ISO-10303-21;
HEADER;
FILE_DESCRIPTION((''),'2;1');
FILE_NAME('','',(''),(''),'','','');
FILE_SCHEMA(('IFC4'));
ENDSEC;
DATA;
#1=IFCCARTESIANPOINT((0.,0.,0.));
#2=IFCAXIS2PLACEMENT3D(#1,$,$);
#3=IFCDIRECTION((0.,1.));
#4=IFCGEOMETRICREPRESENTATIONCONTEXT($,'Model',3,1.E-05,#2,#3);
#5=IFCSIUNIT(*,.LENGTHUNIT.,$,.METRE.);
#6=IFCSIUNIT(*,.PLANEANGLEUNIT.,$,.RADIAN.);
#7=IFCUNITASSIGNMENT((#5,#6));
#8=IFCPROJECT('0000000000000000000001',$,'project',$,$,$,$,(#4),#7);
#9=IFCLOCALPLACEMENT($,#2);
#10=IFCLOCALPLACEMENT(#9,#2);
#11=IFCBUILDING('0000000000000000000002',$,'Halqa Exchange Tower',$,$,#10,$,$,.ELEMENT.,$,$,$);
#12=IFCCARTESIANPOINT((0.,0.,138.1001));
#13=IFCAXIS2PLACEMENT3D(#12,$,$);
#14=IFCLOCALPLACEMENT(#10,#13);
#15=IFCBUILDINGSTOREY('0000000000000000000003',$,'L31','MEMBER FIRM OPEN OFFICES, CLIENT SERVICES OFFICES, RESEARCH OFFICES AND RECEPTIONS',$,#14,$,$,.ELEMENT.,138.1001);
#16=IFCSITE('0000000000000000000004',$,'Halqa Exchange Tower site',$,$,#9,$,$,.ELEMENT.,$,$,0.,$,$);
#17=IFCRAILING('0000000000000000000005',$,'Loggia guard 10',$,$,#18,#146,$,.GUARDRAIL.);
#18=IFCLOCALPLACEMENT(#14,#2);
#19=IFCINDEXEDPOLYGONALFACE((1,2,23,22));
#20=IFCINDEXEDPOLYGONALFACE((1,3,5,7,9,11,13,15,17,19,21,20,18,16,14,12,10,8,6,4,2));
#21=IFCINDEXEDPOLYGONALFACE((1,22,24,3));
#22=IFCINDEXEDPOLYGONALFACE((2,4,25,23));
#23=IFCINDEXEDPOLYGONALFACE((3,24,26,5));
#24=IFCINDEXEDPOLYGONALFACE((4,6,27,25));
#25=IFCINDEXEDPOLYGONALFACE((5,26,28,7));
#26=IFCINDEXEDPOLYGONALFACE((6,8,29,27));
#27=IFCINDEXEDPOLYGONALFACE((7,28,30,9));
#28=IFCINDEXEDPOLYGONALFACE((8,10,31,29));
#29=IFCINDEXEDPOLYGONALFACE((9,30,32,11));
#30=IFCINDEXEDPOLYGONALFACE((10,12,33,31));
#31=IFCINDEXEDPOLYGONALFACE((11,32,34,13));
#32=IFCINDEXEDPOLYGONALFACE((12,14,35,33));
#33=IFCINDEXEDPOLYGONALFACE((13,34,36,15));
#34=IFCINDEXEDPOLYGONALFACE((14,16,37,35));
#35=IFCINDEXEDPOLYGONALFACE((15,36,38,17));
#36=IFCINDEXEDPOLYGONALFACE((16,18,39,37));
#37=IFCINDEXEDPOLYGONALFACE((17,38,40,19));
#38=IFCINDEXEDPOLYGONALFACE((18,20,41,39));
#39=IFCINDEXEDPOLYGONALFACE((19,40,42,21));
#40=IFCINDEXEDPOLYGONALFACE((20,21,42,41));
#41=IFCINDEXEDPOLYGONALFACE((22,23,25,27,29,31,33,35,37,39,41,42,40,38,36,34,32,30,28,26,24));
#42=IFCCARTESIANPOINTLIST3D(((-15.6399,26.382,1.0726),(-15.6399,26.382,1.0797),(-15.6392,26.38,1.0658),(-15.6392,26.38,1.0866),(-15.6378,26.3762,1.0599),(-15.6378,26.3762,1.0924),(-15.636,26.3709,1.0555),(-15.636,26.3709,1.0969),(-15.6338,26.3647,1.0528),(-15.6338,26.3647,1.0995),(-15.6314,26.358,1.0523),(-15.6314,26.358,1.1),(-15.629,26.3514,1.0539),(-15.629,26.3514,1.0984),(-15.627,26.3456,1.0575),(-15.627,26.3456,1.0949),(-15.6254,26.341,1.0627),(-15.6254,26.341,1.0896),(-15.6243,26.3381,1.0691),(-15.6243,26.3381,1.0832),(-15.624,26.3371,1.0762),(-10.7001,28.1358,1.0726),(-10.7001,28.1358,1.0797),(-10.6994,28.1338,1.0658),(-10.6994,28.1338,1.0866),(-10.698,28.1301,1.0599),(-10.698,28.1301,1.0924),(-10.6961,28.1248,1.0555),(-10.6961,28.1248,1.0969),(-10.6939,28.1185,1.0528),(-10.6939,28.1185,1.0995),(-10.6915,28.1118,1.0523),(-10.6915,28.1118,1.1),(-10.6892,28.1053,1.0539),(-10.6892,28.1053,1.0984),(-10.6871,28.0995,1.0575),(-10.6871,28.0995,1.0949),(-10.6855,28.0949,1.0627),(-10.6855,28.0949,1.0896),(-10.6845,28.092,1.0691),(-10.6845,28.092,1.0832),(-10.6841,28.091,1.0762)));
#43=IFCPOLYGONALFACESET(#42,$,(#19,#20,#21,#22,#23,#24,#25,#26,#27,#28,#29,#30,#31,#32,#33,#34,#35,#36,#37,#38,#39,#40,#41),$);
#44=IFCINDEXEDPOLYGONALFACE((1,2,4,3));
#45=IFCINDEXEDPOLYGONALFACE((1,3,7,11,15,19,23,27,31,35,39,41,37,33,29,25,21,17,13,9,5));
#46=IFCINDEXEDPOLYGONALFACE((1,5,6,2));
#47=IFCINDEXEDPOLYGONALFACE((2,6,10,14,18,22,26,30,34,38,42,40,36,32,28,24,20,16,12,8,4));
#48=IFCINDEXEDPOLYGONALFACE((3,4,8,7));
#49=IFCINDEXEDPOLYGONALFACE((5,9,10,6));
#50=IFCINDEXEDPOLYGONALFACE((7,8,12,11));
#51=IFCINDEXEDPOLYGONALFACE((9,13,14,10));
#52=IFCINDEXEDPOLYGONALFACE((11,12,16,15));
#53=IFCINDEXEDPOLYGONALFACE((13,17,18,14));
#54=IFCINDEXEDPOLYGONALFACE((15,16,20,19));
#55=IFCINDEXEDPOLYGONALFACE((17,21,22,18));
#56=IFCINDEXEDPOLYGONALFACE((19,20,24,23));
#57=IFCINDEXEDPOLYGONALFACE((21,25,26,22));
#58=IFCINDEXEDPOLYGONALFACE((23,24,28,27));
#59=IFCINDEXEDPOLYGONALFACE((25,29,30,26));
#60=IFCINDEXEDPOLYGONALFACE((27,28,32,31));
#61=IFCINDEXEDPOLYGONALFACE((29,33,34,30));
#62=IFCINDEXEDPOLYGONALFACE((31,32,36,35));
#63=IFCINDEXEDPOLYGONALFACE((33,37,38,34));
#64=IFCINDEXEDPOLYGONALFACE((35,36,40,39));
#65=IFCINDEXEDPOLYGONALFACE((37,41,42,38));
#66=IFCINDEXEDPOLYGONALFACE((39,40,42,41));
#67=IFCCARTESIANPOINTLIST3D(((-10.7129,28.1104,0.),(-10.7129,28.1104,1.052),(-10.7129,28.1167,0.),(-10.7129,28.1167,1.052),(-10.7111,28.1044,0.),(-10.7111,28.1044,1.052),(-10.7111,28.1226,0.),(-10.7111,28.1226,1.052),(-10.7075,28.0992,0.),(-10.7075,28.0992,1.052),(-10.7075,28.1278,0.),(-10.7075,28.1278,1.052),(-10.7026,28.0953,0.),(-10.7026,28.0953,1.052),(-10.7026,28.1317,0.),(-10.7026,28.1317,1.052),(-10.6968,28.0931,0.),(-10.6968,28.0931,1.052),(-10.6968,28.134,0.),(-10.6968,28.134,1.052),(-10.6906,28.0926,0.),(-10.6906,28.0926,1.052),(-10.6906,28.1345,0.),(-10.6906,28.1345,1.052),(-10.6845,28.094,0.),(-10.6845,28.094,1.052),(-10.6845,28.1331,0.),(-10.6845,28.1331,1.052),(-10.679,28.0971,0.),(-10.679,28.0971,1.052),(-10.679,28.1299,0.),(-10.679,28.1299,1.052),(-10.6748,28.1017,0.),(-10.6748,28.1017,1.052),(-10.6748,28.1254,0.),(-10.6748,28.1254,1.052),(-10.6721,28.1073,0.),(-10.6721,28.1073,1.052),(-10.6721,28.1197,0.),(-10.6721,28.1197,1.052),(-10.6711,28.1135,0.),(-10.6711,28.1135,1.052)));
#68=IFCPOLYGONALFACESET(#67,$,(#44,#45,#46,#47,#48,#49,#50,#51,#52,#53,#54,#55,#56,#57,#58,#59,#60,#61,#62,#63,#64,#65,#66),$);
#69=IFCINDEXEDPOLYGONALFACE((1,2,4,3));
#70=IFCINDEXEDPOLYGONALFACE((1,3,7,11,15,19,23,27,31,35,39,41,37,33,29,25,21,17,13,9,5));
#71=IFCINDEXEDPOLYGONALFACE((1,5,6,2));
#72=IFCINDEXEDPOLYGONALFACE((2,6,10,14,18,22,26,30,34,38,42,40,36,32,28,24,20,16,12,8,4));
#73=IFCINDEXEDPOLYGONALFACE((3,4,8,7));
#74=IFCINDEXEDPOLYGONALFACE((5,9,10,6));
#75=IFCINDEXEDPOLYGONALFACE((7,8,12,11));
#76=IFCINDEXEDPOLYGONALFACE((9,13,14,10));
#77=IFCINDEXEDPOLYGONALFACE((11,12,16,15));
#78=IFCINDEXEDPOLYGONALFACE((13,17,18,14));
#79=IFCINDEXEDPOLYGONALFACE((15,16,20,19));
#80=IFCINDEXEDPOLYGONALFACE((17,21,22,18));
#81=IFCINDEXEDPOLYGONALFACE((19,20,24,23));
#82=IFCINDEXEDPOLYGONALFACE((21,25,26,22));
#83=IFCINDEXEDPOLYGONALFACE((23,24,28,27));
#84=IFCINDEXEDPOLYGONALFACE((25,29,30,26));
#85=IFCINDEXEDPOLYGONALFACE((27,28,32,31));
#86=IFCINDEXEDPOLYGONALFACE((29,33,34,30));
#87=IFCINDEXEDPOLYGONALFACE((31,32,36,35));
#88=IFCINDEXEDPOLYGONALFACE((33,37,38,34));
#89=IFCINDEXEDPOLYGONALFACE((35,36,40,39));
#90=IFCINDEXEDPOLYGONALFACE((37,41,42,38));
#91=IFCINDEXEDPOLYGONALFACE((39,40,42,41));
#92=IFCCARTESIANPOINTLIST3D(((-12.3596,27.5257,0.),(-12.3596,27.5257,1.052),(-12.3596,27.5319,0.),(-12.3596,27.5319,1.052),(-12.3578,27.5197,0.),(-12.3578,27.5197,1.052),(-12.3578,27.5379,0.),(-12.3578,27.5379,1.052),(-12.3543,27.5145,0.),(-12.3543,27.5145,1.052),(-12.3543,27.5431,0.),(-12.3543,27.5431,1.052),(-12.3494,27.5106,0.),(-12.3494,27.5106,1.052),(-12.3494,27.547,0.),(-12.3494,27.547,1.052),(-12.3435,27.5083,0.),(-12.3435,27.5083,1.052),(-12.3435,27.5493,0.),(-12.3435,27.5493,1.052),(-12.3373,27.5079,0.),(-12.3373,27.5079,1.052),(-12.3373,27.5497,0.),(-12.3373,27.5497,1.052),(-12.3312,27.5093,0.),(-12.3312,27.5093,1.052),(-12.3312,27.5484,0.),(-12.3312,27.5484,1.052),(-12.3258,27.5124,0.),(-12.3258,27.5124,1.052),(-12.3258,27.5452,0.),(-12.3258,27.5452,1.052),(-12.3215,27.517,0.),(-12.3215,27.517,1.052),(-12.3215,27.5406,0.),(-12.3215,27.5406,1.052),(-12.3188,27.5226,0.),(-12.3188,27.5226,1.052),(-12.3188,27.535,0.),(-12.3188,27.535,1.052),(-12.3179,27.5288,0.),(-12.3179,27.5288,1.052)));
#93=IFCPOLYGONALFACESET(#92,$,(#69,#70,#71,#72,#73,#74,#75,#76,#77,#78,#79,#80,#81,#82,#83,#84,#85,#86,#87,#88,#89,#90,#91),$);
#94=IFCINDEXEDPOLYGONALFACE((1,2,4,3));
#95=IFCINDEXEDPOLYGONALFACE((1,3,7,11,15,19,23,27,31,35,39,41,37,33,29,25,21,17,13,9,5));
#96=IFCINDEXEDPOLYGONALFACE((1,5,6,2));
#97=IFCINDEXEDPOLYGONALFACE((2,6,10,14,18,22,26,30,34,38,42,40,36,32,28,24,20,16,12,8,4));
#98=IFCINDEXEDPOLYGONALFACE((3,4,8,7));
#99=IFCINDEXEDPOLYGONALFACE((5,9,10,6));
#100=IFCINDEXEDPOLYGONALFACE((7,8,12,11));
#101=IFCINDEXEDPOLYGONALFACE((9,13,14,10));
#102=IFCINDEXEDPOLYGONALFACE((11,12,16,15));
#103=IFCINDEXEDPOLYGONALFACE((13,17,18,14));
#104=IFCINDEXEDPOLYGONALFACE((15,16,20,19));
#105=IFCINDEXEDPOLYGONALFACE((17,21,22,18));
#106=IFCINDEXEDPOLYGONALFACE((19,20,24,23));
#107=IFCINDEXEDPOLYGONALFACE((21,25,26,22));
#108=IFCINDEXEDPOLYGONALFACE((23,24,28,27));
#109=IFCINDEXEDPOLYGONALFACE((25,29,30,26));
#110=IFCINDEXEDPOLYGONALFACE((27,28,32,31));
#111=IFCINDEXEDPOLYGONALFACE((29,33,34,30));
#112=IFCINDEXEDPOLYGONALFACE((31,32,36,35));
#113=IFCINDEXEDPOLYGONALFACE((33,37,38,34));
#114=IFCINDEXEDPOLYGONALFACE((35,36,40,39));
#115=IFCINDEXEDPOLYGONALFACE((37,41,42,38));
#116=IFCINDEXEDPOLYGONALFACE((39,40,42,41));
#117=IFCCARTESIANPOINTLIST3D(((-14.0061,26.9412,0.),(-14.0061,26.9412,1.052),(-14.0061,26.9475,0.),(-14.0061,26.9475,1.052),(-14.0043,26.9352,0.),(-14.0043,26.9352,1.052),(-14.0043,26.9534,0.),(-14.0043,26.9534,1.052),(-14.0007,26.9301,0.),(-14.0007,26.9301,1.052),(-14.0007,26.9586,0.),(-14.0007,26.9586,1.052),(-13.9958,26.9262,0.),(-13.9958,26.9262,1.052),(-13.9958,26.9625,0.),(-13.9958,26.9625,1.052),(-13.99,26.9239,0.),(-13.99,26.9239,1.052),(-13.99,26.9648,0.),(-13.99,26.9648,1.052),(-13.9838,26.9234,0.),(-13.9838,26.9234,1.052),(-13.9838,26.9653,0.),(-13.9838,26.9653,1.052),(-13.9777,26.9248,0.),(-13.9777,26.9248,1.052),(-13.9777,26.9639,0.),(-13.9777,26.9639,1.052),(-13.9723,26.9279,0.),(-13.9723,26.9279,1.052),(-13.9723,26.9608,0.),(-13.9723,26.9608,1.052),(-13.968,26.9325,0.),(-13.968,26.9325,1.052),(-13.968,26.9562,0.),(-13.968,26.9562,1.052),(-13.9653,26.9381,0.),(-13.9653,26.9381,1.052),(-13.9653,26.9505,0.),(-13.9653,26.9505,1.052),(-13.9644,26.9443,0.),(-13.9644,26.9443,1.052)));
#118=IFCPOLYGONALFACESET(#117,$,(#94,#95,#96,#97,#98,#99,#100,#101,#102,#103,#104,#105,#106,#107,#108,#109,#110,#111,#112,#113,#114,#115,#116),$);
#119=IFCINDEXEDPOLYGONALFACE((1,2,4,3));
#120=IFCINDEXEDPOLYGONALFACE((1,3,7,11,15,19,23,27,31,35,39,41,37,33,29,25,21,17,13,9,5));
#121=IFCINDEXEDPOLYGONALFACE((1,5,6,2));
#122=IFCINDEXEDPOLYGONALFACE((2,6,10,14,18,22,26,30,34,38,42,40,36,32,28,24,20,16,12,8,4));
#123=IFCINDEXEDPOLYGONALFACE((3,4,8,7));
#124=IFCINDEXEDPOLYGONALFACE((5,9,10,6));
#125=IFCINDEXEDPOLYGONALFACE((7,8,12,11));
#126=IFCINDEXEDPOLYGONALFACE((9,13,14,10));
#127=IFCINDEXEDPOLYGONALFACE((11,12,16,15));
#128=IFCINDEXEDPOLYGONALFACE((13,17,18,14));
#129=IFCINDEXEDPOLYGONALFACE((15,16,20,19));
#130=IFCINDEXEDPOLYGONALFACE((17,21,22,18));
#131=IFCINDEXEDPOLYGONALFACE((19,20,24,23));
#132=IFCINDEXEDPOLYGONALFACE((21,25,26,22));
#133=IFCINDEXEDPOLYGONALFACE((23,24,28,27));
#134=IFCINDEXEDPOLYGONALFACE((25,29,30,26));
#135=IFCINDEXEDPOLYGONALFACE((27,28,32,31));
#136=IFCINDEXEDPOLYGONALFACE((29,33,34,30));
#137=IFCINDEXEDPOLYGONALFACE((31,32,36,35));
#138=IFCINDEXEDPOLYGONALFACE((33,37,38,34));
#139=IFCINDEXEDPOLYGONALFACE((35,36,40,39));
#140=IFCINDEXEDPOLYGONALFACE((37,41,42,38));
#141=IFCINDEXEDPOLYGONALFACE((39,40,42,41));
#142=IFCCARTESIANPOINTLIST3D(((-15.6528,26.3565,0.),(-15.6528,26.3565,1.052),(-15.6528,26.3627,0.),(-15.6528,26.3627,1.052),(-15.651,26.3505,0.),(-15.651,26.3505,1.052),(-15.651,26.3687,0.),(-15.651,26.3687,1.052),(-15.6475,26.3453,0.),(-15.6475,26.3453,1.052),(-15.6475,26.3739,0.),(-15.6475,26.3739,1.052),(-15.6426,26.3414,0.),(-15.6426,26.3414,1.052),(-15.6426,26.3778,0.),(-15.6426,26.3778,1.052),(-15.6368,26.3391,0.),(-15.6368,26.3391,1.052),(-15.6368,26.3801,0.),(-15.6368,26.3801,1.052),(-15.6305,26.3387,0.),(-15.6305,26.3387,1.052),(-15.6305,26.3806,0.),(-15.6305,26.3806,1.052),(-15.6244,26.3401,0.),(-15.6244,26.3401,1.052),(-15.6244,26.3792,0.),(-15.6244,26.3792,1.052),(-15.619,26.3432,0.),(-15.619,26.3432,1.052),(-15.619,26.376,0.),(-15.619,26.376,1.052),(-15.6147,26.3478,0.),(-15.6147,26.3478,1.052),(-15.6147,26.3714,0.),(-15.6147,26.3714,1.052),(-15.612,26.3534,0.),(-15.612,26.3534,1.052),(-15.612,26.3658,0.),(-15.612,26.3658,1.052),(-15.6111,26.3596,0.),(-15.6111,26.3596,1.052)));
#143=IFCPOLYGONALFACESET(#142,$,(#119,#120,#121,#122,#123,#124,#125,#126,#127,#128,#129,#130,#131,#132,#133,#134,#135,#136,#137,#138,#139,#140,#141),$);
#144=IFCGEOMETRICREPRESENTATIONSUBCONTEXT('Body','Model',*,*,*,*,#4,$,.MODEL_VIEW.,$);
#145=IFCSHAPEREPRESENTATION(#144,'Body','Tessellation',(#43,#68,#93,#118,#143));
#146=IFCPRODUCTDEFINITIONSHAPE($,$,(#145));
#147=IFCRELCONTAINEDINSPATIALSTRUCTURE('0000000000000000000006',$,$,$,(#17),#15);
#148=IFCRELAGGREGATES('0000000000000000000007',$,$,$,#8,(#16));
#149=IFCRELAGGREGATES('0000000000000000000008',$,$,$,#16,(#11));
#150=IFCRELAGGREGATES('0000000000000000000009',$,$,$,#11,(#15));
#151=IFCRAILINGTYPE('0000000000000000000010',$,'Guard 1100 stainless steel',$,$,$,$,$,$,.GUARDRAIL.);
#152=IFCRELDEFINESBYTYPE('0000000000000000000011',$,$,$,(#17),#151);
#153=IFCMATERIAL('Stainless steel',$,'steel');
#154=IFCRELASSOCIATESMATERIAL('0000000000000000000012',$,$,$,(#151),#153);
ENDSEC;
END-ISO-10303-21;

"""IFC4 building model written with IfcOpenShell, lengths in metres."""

from ifc_helpers import new_model, si_unit, direction, frame, origin, origin_2d, place, context, subcontext, project, spatial, circle, extrude, material, type_object, element, save


model = new_model("IFC4")

# Units and contexts
model_context = context("Model", 3, precision=1e-05, world=origin(), true_north=direction((0.0, 1.0)))
body_context = subcontext(model_context, "Body", "Model", "MODEL_VIEW")
ifc_project = project(units=[si_unit("LENGTHUNIT", "METRE"), si_unit("PLANEANGLEUNIT", "RADIAN")], contexts=[model_context])

# Site, building, storey
site_placement = place(None, origin())
site = spatial("IfcSite", under=ifc_project, at=site_placement, Name="Halqa Exchange Tower site", CompositionType="ELEMENT", RefElevation=0.0)
building_placement = place(site_placement, origin())
building = spatial("IfcBuilding", under=site, at=building_placement, Name="Halqa Exchange Tower", CompositionType="ELEMENT")
storey_placement = place(building_placement, frame((0.0, 0.0, 138.1001)))
storey = spatial("IfcBuildingStorey", under=building, at=storey_placement, Name="L31", Description="MEMBER FIRM OPEN OFFICES, CLIENT SERVICES OFFICES, RESEARCH OFFICES AND RECEPTIONS", CompositionType="ELEMENT", Elevation=138.1001)

# Railing
ifc_material_1 = material(Name="Stainless steel", Category="steel")
railing_type_1 = type_object("IfcRailingType", Name="Guard 1100 stainless steel", PredefinedType="GUARDRAIL", material=ifc_material_1)
railing_1_placement = place(storey_placement, frame((-10.6921, 28.1135, 0.0)))
element("IfcRailing", 1, at=railing_1_placement, inside=storey, type_object=railing_type_1, Name="Loggia guard 10", PredefinedType="GUARDRAIL", context=body_context, shape_type="SweptSolid", body=[
    extrude(circle(Radius=0.0239, at=origin_2d()), frame((0.0, 0.0, 1.0762), z_axis=(-0.942366, -0.334583, 0.0), x_axis=(0.334583, -0.942366, 0.0)), (0.0, 0.0, 1.0), 5.2419),
    extrude(circle(Radius=0.021, at=origin_2d()), origin(), (0.0, 0.0, 1.0), 1.052),
    extrude(circle(Radius=0.021, at=origin_2d()), frame((-1.6467, -0.5847, 0.0)), (0.0, 0.0, 1.0), 1.052),
    extrude(circle(Radius=0.021, at=origin_2d()), frame((-3.2932, -1.1692, 0.0)), (0.0, 0.0, 1.0), 1.052),
    extrude(circle(Radius=0.021, at=origin_2d()), frame((-4.9399, -1.7539, 0.0)), (0.0, 0.0, 1.0), 1.052),
])

save(model, "model.ifc")
